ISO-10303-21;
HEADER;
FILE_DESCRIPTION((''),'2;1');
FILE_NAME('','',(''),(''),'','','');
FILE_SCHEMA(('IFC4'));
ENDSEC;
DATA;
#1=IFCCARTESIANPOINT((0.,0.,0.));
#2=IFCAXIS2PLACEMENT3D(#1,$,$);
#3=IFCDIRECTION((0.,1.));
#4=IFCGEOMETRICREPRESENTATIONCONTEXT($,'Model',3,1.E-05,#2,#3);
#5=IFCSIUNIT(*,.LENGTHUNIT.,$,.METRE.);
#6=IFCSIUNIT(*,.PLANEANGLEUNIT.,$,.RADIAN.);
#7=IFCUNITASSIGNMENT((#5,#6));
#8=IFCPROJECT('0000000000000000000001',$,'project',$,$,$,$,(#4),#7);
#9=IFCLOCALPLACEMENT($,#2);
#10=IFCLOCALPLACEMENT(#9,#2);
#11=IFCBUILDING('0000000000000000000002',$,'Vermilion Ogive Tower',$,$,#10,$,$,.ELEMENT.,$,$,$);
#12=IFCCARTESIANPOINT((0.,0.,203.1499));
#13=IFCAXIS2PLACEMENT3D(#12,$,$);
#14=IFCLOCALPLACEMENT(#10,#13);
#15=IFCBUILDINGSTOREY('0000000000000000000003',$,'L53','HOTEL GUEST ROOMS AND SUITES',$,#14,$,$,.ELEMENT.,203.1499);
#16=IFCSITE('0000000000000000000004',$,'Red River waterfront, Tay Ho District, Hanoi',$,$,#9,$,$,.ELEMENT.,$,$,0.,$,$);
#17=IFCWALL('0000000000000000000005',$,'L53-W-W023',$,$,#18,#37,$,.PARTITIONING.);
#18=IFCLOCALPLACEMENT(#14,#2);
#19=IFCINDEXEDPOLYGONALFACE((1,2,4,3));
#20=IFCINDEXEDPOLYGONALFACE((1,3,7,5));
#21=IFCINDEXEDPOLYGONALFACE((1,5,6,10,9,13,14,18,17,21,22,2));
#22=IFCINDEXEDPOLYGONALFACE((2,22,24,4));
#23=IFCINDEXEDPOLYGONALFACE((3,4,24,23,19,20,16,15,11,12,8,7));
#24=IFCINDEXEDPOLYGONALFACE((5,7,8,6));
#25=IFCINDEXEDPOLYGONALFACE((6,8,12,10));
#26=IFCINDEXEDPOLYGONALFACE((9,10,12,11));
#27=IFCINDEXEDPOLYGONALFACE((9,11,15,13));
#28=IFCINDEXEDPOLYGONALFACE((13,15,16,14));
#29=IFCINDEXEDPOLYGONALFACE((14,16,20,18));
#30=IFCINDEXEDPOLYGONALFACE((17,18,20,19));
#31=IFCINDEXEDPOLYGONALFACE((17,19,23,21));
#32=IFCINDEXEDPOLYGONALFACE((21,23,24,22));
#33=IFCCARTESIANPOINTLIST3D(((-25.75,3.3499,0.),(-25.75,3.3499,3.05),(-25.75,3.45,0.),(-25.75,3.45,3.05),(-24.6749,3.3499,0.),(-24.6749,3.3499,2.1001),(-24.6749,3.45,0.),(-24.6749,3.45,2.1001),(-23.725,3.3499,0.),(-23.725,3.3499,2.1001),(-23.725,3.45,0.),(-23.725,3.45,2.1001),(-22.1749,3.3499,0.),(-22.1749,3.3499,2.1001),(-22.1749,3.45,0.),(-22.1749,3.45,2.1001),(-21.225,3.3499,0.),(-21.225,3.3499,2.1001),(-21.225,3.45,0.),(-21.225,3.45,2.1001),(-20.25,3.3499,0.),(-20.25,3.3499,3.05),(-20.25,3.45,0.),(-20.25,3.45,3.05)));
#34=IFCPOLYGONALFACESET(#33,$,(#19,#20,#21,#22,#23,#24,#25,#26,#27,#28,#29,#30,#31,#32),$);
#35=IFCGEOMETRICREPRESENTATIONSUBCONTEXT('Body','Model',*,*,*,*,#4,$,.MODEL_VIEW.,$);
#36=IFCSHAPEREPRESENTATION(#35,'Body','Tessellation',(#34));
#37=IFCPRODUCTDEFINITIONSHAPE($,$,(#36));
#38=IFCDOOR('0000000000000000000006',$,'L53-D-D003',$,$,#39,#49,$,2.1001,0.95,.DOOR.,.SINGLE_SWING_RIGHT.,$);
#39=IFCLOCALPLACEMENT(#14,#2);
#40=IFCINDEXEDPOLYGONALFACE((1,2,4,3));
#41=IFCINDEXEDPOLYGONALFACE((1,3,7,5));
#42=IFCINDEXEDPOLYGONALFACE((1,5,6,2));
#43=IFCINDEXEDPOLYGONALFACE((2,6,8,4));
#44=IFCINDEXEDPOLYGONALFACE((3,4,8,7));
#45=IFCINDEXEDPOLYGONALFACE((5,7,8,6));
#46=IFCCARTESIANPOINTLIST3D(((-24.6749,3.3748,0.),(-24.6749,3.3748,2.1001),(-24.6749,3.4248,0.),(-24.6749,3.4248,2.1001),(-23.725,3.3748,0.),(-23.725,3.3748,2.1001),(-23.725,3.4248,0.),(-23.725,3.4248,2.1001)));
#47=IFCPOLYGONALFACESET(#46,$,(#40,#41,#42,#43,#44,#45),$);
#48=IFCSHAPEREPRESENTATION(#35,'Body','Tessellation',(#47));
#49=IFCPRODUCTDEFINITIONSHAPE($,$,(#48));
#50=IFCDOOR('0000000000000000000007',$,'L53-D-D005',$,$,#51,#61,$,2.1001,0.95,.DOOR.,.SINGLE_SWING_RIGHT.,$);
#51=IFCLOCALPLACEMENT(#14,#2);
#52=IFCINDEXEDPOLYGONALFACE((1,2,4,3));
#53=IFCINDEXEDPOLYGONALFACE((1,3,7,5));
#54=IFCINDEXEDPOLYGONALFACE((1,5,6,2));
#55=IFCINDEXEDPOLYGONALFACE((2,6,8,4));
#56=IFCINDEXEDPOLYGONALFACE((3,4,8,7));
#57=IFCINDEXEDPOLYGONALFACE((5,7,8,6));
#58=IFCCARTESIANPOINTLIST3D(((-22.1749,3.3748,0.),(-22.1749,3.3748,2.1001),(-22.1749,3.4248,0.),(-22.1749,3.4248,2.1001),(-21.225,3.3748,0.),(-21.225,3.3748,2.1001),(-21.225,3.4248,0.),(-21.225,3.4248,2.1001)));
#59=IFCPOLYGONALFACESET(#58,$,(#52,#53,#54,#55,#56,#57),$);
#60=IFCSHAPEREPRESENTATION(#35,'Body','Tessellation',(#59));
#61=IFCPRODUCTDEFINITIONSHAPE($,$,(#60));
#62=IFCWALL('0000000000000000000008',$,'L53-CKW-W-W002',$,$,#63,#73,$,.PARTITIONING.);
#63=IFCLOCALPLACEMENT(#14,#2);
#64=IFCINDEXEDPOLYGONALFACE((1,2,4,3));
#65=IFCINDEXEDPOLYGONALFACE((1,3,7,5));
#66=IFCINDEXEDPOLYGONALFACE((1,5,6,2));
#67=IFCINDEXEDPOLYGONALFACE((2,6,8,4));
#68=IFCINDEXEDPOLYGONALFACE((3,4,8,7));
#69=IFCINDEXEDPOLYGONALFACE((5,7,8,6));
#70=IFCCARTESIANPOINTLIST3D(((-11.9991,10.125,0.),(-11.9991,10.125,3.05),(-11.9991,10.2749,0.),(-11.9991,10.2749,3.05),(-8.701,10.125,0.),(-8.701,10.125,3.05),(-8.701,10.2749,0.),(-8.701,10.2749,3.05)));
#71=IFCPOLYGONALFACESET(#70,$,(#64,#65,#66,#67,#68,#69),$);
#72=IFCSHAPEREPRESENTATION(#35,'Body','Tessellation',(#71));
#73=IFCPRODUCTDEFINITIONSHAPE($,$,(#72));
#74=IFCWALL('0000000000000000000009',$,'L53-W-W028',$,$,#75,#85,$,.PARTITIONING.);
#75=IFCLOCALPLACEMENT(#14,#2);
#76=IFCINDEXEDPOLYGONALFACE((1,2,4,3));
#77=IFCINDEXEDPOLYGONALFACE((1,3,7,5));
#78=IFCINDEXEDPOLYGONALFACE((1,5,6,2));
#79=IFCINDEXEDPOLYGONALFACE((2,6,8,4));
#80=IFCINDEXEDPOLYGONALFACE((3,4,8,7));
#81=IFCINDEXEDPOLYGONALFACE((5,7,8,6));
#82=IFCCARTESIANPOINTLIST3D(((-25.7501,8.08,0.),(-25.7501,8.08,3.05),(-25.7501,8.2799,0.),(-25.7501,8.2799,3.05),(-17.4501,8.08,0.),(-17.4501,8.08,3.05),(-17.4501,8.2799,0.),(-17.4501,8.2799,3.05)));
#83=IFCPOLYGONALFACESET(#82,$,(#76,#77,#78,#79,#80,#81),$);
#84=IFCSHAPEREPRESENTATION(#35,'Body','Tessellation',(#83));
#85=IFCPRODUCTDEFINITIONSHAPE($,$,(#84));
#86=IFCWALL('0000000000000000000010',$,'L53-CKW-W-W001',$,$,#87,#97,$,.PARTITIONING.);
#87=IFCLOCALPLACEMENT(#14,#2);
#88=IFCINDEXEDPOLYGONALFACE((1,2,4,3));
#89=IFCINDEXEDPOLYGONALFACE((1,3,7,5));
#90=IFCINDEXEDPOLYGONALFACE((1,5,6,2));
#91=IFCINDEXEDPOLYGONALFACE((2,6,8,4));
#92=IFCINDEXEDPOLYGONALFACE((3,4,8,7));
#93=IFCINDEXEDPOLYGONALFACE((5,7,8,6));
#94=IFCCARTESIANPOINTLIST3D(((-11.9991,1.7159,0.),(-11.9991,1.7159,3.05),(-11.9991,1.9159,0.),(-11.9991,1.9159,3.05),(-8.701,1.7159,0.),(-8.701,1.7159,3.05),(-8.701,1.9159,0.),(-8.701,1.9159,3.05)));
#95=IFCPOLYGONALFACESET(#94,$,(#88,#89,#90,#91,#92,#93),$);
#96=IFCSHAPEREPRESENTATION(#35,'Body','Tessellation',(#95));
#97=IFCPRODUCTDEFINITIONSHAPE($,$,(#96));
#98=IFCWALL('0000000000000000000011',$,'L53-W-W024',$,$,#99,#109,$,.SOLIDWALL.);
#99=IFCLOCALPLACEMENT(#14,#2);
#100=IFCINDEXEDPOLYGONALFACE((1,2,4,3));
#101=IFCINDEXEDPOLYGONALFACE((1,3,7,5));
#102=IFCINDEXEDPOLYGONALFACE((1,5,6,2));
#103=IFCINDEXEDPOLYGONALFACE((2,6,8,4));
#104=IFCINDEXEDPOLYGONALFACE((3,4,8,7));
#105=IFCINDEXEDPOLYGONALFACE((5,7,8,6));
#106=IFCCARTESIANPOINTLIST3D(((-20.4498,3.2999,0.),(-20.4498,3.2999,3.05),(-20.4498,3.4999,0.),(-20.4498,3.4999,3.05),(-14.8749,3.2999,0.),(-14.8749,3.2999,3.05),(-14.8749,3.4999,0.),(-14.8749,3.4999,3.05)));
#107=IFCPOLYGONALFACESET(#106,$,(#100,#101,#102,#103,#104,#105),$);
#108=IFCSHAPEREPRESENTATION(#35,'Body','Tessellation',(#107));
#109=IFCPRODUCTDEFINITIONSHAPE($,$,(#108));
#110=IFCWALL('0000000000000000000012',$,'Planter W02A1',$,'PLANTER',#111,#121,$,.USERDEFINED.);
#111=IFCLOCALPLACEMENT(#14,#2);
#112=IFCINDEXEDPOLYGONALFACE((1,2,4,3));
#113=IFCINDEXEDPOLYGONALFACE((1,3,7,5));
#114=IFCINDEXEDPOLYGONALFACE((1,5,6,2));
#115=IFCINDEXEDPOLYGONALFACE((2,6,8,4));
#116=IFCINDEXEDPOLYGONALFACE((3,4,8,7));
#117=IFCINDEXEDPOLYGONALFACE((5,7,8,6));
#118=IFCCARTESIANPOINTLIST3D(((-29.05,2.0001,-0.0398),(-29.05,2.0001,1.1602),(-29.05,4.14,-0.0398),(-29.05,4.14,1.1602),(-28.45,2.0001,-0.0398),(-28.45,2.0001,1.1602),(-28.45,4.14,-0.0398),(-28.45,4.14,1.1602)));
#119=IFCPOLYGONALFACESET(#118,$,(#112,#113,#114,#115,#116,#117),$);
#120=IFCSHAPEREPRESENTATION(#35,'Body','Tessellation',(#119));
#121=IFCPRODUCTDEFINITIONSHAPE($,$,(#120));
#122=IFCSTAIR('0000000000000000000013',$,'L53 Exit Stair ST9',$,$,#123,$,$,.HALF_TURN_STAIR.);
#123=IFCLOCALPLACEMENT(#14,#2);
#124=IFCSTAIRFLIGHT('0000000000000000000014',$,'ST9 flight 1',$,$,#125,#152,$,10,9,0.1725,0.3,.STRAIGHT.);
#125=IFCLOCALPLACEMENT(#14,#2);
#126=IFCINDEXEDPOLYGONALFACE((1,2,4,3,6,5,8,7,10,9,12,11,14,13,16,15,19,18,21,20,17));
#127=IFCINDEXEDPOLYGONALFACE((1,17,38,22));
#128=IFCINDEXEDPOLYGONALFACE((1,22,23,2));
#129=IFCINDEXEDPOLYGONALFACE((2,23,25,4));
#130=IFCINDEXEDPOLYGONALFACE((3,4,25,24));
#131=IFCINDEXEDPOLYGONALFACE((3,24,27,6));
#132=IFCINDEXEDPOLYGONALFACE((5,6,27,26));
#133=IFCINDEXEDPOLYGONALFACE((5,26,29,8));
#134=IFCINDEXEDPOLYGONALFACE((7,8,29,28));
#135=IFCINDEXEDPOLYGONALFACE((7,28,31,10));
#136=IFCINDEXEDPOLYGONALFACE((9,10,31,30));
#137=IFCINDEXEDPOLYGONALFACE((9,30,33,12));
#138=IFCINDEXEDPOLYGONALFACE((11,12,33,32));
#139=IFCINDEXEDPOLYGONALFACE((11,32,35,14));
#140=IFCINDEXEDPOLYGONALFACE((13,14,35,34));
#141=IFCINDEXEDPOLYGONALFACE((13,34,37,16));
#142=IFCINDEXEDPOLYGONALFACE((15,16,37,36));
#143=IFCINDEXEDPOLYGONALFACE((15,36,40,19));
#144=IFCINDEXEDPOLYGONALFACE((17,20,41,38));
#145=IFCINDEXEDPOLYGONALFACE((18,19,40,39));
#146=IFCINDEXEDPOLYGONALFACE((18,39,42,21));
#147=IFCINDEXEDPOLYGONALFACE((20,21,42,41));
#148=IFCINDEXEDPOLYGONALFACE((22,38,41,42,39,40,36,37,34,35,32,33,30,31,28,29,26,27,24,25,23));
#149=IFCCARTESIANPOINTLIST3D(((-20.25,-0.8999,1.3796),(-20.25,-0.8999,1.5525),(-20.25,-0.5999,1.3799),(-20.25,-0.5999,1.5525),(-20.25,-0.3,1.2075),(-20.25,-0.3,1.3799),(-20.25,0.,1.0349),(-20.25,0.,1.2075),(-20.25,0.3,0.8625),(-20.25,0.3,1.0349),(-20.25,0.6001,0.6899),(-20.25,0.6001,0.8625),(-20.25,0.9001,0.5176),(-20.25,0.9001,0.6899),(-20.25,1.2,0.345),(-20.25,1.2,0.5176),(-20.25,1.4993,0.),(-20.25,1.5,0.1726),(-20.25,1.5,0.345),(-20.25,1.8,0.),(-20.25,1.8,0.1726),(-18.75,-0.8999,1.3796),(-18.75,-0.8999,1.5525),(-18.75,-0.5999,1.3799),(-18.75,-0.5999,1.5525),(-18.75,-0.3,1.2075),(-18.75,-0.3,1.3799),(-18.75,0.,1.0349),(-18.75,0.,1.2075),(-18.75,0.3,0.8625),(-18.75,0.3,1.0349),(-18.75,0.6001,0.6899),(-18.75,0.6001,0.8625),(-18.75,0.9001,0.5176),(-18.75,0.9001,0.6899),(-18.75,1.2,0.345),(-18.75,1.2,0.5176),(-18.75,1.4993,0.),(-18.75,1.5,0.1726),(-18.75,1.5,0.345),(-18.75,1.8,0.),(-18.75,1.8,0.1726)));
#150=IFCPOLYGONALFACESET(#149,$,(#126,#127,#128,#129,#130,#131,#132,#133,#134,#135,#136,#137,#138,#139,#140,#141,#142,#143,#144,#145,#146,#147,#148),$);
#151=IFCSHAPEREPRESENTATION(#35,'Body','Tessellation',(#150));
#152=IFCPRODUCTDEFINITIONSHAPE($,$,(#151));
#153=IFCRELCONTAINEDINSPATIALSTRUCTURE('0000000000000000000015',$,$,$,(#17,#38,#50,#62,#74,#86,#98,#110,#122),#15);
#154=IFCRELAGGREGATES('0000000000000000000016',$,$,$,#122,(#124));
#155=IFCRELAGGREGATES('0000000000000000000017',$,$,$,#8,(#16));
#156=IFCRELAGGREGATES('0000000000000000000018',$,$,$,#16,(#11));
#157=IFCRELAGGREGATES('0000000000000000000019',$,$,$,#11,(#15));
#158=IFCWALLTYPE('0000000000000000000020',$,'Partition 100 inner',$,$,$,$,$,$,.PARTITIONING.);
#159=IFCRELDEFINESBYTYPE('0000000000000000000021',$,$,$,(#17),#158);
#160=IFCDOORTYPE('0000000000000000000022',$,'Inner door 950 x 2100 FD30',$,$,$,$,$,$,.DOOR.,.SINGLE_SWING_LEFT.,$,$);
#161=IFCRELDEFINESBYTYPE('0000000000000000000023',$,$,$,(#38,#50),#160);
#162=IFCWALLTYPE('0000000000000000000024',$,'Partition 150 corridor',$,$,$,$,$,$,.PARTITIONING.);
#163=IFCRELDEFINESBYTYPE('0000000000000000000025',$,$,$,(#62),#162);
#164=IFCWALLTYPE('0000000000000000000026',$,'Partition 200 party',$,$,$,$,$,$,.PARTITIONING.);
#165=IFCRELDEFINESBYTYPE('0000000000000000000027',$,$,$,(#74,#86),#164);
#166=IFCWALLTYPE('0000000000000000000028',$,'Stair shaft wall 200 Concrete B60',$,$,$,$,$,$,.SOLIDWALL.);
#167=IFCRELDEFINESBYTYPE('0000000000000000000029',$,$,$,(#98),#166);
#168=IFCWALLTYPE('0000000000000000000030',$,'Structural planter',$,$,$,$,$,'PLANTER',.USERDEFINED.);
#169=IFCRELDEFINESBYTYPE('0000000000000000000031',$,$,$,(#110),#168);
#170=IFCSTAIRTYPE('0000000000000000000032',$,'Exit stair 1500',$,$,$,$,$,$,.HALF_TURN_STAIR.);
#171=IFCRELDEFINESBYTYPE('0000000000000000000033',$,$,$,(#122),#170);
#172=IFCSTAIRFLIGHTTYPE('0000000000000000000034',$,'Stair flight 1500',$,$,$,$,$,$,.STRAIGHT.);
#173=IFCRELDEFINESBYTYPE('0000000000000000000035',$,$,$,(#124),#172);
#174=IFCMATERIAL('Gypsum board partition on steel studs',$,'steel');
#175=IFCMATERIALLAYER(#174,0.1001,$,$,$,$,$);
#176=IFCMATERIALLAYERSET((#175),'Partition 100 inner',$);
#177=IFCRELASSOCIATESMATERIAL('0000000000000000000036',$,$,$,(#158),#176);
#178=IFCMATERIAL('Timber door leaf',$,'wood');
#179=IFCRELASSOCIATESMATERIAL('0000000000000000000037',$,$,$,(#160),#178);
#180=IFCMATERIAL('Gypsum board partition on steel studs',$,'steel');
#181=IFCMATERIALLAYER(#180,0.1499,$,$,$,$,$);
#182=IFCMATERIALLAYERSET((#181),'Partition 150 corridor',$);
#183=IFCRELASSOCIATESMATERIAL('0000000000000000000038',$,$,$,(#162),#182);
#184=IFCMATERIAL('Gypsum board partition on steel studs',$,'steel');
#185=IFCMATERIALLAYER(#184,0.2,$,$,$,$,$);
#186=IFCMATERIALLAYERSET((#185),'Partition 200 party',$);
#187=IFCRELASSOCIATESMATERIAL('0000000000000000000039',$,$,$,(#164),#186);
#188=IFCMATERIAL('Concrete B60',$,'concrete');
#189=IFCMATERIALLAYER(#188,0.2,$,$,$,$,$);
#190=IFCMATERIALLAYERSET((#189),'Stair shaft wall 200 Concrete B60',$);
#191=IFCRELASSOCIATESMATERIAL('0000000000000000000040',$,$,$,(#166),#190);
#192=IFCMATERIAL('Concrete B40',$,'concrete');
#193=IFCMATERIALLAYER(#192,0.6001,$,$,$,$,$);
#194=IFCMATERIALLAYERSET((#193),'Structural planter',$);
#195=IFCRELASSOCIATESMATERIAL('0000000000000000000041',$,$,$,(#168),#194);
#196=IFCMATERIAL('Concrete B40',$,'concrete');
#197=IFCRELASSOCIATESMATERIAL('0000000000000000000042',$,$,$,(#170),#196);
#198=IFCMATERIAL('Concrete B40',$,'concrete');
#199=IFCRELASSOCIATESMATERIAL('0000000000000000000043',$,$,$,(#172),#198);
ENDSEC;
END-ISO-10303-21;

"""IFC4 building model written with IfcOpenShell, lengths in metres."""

from ifc_helpers import new_model, si_unit, direction, frame, frame_2d, origin, place, context, subcontext, project, spatial, polyline, rectangle, outline, extrude, material, layer, layer_set, type_object, element, fill, aggregate, save


model = new_model("IFC4")

# Units and contexts
model_context = context("Model", 3, precision=1e-05, world=origin(), true_north=direction((0.0, 1.0)))
body_context = subcontext(model_context, "Body", "Model", "MODEL_VIEW")
ifc_project = project(units=[si_unit("LENGTHUNIT", "METRE"), si_unit("PLANEANGLEUNIT", "RADIAN")], contexts=[model_context])

# Site, building, storey
site_placement = place(None, origin())
site = spatial("IfcSite", under=ifc_project, at=site_placement, Name="Red River waterfront, Tay Ho District, Hanoi", CompositionType="ELEMENT", RefElevation=0.0)
building_placement = place(site_placement, origin())
building = spatial("IfcBuilding", under=site, at=building_placement, Name="Vermilion Ogive Tower", CompositionType="ELEMENT")
storey_placement = place(building_placement, frame((0.0, 0.0, 203.1499)))
storey = spatial("IfcBuildingStorey", under=building, at=storey_placement, Name="L53", Description="HOTEL GUEST ROOMS AND SUITES", CompositionType="ELEMENT", Elevation=203.1499)

# Wall, openings, doors
ifc_material_1 = material(Name="Gypsum board partition on steel studs", Category="steel")
ifc_layer_1 = layer(ifc_material_1, 0.1001)
ifc_layer_set_1 = layer_set([ifc_layer_1], Name="Partition 100 inner")
wall_type_1 = type_object("IfcWallType", Name="Partition 100 inner", PredefinedType="PARTITIONING", material=ifc_layer_set_1)
wall_1_placement = place(storey_placement, frame((-25.75, 3.3999, 0.0), z_axis=(0.0, 0.0, 1.0), x_axis=(1.0, 0.0, 0.0)))
wall_1 = element("IfcWall", 1, at=wall_1_placement, inside=storey, type_object=wall_type_1, Name="L53-W-W023", PredefinedType="PARTITIONING", context=body_context, shape_type="SweptSolid", body=[
    extrude(rectangle(XDim=5.5, YDim=0.1001, at=frame_2d((2.75, 0.0))), origin(), (0.0, 0.0, 1.0), 3.05),
])
opening_1_placement = place(wall_1_placement, frame((1.075, 0.0, 0.0)))
opening_1 = element("IfcOpeningElement", 2, at=opening_1_placement, cuts=wall_1, PredefinedType="OPENING", context=body_context, shape_type="SweptSolid", body=[
    extrude(rectangle(XDim=0.95, YDim=2.1001, at=frame_2d((0.4751, 1.05))), frame((0.0, 0.0601, 0.0), z_axis=(0.0, -1.0, 0.0), x_axis=(1.0, 0.0, 0.0)), (0.0, 0.0, 1.0), 0.1201),
])
opening_2_placement = place(wall_1_placement, frame((3.575, 0.0, 0.0)))
opening_2 = element("IfcOpeningElement", 3, at=opening_2_placement, cuts=wall_1, PredefinedType="OPENING", context=body_context, shape_type="SweptSolid", body=[
    extrude(rectangle(XDim=0.95, YDim=2.1001, at=frame_2d((0.4751, 1.05))), frame((0.0, 0.0601, 0.0), z_axis=(0.0, -1.0, 0.0), x_axis=(1.0, 0.0, 0.0)), (0.0, 0.0, 1.0), 0.1201),
])
ifc_material_2 = material(Name="Timber door leaf", Category="wood")
door_type_1 = type_object("IfcDoorType", Name="Inner door 950 x 2100 FD30", OperationType="SINGLE_SWING_LEFT", PredefinedType="DOOR", material=ifc_material_2)
door_1_placement = place(opening_1_placement, origin())
door_1 = element("IfcDoor", 4, at=door_1_placement, inside=storey, type_object=door_type_1, Name="L53-D-D003", OperationType="SINGLE_SWING_RIGHT", OverallHeight=2.1001, OverallWidth=0.95, PredefinedType="DOOR", context=body_context, shape_type="SweptSolid", body=[
    extrude(rectangle(XDim=0.95, YDim=2.1001, at=frame_2d((0.4751, 1.05))), frame((0.0, 0.0249, 0.0), z_axis=(0.0, -1.0, 0.0), x_axis=(1.0, 0.0, 0.0)), (0.0, 0.0, 1.0), 0.05),
])
fill(opening_1, door_1)
door_2_placement = place(opening_2_placement, origin())
door_2 = element("IfcDoor", 5, at=door_2_placement, inside=storey, type_object=door_type_1, Name="L53-D-D005", OperationType="SINGLE_SWING_RIGHT", OverallHeight=2.1001, OverallWidth=0.95, PredefinedType="DOOR", context=body_context, shape_type="SweptSolid", body=[
    extrude(rectangle(XDim=0.95, YDim=2.1001, at=frame_2d((0.4751, 1.05))), frame((0.0, 0.0249, 0.0), z_axis=(0.0, -1.0, 0.0), x_axis=(1.0, 0.0, 0.0)), (0.0, 0.0, 1.0), 0.05),
])
fill(opening_2, door_2)

# Walls
ifc_material_3 = material(Name="Gypsum board partition on steel studs", Category="steel")
ifc_layer_2 = layer(ifc_material_3, 0.1499)
ifc_layer_set_2 = layer_set([ifc_layer_2], Name="Partition 150 corridor")
wall_type_2 = type_object("IfcWallType", Name="Partition 150 corridor", PredefinedType="PARTITIONING", material=ifc_layer_set_2)
wall_2_placement = place(storey_placement, frame((-11.999, 10.2, 0.0), z_axis=(0.0, 0.0, 1.0), x_axis=(1.0, 0.0, 0.0)))
element("IfcWall", 6, at=wall_2_placement, inside=storey, type_object=wall_type_2, Name="L53-CKW-W-W002", PredefinedType="PARTITIONING", context=body_context, shape_type="SweptSolid", body=[
    extrude(rectangle(XDim=3.2981, YDim=0.1499, at=frame_2d((1.6489, 0.0))), origin(), (0.0, 0.0, 1.0), 3.05),
])
ifc_material_4 = material(Name="Gypsum board partition on steel studs", Category="steel")
ifc_layer_3 = layer(ifc_material_4, 0.2)
ifc_layer_set_3 = layer_set([ifc_layer_3], Name="Partition 200 party")
wall_type_3 = type_object("IfcWallType", Name="Partition 200 party", PredefinedType="PARTITIONING", material=ifc_layer_set_3)
wall_3_placement = place(storey_placement, frame((-25.75, 8.1799, 0.0), z_axis=(0.0, 0.0, 1.0), x_axis=(1.0, 0.0, 0.0)))
element("IfcWall", 7, at=wall_3_placement, inside=storey, type_object=wall_type_3, Name="L53-W-W028", PredefinedType="PARTITIONING", context=body_context, shape_type="SweptSolid", body=[
    extrude(rectangle(XDim=8.3, YDim=0.2, at=frame_2d((4.1499, 0.0))), origin(), (0.0, 0.0, 1.0), 3.05),
])
wall_4_placement = place(storey_placement, frame((-11.999, 1.8159, 0.0), z_axis=(0.0, 0.0, 1.0), x_axis=(1.0, 0.0, 0.0)))
element("IfcWall", 8, at=wall_4_placement, inside=storey, type_object=wall_type_3, Name="L53-CKW-W-W001", PredefinedType="PARTITIONING", context=body_context, shape_type="SweptSolid", body=[
    extrude(rectangle(XDim=3.2981, YDim=0.2, at=frame_2d((1.6489, 0.0))), origin(), (0.0, 0.0, 1.0), 3.05),
])
ifc_material_5 = material(Name="Concrete B60", Category="concrete")
ifc_layer_4 = layer(ifc_material_5, 0.2)
ifc_layer_set_4 = layer_set([ifc_layer_4], Name="Stair shaft wall 200 Concrete B60")
wall_type_4 = type_object("IfcWallType", Name="Stair shaft wall 200 Concrete B60", PredefinedType="SOLIDWALL", material=ifc_layer_set_4)
wall_5_placement = place(storey_placement, frame((-20.45, 3.3999, 0.0), z_axis=(0.0, 0.0, 1.0), x_axis=(1.0, 0.0, 0.0)))
element("IfcWall", 9, at=wall_5_placement, inside=storey, type_object=wall_type_4, Name="L53-W-W024", PredefinedType="SOLIDWALL", context=body_context, shape_type="SweptSolid", body=[
    extrude(rectangle(XDim=5.575, YDim=0.2, at=frame_2d((2.7876, 0.0))), origin(), (0.0, 0.0, 1.0), 3.05),
])
ifc_material_6 = material(Name="Concrete B40", Category="concrete")
ifc_layer_5 = layer(ifc_material_6, 0.6001)
ifc_layer_set_5 = layer_set([ifc_layer_5], Name="Structural planter")
wall_type_5 = type_object("IfcWallType", Name="Structural planter", ElementType="PLANTER", PredefinedType="USERDEFINED", material=ifc_layer_set_5)
wall_6_placement = place(storey_placement, frame((-28.75, 4.1399, -0.0398), z_axis=(0.0, 0.0, 1.0), x_axis=(0.0, -1.0, 0.0)))
element("IfcWall", 10, at=wall_6_placement, inside=storey, type_object=wall_type_5, Name="Planter W02A1", ObjectType="PLANTER", PredefinedType="USERDEFINED", context=body_context, shape_type="SweptSolid", body=[
    extrude(rectangle(XDim=2.1399, YDim=0.6001, at=frame_2d((1.0698, 0.0))), origin(), (0.0, 0.0, 1.0), 1.2),
])

# Stair, stair flight
ifc_material_7 = material(Name="Concrete B40", Category="concrete")
stair_type = type_object("IfcStairType", Name="Exit stair 1500", PredefinedType="HALF_TURN_STAIR", material=ifc_material_7)
stair_placement = place(storey_placement, origin())
stair = element("IfcStair", 11, at=stair_placement, inside=storey, type_object=stair_type, Name="L53 Exit Stair ST9", PredefinedType="HALF_TURN_STAIR")
ifc_material_8 = material(Name="Concrete B40", Category="concrete")
stair_flight_type = type_object("IfcStairFlightType", Name="Stair flight 1500", PredefinedType="STRAIGHT", material=ifc_material_8)
stair_flight_placement = place(storey_placement, frame((-19.5, 1.8, 0.0), z_axis=(0.0, 0.0, 1.0), x_axis=(0.0, -1.0, 0.0)))
stair_flight = element("IfcStairFlight", 12, at=stair_flight_placement, type_object=stair_flight_type, Name="ST9 flight 1", NumberOfRisers=10, NumberOfTreads=9, PredefinedType="STRAIGHT", RiserHeight=0.1725, TreadLength=0.3, context=body_context, shape_type="SweptSolid", body=[
    extrude(outline(polyline([(0.0, 0.0), (0.0, 0.1726), (0.3, 0.1726), (0.3, 0.345), (0.6001, 0.345), (0.6001, 0.5176), (0.8999, 0.5176), (0.8999, 0.6899), (1.2, 0.6899), (1.2, 0.8625), (1.5, 0.8625), (1.5, 1.0349), (1.8, 1.0349), (1.8, 1.2075), (2.1001, 1.2075), (2.1001, 1.3799), (2.3999, 1.3799), (2.3999, 1.5525), (2.7, 1.5525), (2.7, 1.7251), (2.7, 1.3796), (0.3008, 0.0), (0.0, 0.0)])), frame((0.0, 0.75, 0.0), z_axis=(0.0, -1.0, 0.0), x_axis=(1.0, 0.0, 0.0)), (0.0, 0.0, 1.0), 1.5),
])
aggregate(stair, [stair_flight])

save(model, "model.ifc")
